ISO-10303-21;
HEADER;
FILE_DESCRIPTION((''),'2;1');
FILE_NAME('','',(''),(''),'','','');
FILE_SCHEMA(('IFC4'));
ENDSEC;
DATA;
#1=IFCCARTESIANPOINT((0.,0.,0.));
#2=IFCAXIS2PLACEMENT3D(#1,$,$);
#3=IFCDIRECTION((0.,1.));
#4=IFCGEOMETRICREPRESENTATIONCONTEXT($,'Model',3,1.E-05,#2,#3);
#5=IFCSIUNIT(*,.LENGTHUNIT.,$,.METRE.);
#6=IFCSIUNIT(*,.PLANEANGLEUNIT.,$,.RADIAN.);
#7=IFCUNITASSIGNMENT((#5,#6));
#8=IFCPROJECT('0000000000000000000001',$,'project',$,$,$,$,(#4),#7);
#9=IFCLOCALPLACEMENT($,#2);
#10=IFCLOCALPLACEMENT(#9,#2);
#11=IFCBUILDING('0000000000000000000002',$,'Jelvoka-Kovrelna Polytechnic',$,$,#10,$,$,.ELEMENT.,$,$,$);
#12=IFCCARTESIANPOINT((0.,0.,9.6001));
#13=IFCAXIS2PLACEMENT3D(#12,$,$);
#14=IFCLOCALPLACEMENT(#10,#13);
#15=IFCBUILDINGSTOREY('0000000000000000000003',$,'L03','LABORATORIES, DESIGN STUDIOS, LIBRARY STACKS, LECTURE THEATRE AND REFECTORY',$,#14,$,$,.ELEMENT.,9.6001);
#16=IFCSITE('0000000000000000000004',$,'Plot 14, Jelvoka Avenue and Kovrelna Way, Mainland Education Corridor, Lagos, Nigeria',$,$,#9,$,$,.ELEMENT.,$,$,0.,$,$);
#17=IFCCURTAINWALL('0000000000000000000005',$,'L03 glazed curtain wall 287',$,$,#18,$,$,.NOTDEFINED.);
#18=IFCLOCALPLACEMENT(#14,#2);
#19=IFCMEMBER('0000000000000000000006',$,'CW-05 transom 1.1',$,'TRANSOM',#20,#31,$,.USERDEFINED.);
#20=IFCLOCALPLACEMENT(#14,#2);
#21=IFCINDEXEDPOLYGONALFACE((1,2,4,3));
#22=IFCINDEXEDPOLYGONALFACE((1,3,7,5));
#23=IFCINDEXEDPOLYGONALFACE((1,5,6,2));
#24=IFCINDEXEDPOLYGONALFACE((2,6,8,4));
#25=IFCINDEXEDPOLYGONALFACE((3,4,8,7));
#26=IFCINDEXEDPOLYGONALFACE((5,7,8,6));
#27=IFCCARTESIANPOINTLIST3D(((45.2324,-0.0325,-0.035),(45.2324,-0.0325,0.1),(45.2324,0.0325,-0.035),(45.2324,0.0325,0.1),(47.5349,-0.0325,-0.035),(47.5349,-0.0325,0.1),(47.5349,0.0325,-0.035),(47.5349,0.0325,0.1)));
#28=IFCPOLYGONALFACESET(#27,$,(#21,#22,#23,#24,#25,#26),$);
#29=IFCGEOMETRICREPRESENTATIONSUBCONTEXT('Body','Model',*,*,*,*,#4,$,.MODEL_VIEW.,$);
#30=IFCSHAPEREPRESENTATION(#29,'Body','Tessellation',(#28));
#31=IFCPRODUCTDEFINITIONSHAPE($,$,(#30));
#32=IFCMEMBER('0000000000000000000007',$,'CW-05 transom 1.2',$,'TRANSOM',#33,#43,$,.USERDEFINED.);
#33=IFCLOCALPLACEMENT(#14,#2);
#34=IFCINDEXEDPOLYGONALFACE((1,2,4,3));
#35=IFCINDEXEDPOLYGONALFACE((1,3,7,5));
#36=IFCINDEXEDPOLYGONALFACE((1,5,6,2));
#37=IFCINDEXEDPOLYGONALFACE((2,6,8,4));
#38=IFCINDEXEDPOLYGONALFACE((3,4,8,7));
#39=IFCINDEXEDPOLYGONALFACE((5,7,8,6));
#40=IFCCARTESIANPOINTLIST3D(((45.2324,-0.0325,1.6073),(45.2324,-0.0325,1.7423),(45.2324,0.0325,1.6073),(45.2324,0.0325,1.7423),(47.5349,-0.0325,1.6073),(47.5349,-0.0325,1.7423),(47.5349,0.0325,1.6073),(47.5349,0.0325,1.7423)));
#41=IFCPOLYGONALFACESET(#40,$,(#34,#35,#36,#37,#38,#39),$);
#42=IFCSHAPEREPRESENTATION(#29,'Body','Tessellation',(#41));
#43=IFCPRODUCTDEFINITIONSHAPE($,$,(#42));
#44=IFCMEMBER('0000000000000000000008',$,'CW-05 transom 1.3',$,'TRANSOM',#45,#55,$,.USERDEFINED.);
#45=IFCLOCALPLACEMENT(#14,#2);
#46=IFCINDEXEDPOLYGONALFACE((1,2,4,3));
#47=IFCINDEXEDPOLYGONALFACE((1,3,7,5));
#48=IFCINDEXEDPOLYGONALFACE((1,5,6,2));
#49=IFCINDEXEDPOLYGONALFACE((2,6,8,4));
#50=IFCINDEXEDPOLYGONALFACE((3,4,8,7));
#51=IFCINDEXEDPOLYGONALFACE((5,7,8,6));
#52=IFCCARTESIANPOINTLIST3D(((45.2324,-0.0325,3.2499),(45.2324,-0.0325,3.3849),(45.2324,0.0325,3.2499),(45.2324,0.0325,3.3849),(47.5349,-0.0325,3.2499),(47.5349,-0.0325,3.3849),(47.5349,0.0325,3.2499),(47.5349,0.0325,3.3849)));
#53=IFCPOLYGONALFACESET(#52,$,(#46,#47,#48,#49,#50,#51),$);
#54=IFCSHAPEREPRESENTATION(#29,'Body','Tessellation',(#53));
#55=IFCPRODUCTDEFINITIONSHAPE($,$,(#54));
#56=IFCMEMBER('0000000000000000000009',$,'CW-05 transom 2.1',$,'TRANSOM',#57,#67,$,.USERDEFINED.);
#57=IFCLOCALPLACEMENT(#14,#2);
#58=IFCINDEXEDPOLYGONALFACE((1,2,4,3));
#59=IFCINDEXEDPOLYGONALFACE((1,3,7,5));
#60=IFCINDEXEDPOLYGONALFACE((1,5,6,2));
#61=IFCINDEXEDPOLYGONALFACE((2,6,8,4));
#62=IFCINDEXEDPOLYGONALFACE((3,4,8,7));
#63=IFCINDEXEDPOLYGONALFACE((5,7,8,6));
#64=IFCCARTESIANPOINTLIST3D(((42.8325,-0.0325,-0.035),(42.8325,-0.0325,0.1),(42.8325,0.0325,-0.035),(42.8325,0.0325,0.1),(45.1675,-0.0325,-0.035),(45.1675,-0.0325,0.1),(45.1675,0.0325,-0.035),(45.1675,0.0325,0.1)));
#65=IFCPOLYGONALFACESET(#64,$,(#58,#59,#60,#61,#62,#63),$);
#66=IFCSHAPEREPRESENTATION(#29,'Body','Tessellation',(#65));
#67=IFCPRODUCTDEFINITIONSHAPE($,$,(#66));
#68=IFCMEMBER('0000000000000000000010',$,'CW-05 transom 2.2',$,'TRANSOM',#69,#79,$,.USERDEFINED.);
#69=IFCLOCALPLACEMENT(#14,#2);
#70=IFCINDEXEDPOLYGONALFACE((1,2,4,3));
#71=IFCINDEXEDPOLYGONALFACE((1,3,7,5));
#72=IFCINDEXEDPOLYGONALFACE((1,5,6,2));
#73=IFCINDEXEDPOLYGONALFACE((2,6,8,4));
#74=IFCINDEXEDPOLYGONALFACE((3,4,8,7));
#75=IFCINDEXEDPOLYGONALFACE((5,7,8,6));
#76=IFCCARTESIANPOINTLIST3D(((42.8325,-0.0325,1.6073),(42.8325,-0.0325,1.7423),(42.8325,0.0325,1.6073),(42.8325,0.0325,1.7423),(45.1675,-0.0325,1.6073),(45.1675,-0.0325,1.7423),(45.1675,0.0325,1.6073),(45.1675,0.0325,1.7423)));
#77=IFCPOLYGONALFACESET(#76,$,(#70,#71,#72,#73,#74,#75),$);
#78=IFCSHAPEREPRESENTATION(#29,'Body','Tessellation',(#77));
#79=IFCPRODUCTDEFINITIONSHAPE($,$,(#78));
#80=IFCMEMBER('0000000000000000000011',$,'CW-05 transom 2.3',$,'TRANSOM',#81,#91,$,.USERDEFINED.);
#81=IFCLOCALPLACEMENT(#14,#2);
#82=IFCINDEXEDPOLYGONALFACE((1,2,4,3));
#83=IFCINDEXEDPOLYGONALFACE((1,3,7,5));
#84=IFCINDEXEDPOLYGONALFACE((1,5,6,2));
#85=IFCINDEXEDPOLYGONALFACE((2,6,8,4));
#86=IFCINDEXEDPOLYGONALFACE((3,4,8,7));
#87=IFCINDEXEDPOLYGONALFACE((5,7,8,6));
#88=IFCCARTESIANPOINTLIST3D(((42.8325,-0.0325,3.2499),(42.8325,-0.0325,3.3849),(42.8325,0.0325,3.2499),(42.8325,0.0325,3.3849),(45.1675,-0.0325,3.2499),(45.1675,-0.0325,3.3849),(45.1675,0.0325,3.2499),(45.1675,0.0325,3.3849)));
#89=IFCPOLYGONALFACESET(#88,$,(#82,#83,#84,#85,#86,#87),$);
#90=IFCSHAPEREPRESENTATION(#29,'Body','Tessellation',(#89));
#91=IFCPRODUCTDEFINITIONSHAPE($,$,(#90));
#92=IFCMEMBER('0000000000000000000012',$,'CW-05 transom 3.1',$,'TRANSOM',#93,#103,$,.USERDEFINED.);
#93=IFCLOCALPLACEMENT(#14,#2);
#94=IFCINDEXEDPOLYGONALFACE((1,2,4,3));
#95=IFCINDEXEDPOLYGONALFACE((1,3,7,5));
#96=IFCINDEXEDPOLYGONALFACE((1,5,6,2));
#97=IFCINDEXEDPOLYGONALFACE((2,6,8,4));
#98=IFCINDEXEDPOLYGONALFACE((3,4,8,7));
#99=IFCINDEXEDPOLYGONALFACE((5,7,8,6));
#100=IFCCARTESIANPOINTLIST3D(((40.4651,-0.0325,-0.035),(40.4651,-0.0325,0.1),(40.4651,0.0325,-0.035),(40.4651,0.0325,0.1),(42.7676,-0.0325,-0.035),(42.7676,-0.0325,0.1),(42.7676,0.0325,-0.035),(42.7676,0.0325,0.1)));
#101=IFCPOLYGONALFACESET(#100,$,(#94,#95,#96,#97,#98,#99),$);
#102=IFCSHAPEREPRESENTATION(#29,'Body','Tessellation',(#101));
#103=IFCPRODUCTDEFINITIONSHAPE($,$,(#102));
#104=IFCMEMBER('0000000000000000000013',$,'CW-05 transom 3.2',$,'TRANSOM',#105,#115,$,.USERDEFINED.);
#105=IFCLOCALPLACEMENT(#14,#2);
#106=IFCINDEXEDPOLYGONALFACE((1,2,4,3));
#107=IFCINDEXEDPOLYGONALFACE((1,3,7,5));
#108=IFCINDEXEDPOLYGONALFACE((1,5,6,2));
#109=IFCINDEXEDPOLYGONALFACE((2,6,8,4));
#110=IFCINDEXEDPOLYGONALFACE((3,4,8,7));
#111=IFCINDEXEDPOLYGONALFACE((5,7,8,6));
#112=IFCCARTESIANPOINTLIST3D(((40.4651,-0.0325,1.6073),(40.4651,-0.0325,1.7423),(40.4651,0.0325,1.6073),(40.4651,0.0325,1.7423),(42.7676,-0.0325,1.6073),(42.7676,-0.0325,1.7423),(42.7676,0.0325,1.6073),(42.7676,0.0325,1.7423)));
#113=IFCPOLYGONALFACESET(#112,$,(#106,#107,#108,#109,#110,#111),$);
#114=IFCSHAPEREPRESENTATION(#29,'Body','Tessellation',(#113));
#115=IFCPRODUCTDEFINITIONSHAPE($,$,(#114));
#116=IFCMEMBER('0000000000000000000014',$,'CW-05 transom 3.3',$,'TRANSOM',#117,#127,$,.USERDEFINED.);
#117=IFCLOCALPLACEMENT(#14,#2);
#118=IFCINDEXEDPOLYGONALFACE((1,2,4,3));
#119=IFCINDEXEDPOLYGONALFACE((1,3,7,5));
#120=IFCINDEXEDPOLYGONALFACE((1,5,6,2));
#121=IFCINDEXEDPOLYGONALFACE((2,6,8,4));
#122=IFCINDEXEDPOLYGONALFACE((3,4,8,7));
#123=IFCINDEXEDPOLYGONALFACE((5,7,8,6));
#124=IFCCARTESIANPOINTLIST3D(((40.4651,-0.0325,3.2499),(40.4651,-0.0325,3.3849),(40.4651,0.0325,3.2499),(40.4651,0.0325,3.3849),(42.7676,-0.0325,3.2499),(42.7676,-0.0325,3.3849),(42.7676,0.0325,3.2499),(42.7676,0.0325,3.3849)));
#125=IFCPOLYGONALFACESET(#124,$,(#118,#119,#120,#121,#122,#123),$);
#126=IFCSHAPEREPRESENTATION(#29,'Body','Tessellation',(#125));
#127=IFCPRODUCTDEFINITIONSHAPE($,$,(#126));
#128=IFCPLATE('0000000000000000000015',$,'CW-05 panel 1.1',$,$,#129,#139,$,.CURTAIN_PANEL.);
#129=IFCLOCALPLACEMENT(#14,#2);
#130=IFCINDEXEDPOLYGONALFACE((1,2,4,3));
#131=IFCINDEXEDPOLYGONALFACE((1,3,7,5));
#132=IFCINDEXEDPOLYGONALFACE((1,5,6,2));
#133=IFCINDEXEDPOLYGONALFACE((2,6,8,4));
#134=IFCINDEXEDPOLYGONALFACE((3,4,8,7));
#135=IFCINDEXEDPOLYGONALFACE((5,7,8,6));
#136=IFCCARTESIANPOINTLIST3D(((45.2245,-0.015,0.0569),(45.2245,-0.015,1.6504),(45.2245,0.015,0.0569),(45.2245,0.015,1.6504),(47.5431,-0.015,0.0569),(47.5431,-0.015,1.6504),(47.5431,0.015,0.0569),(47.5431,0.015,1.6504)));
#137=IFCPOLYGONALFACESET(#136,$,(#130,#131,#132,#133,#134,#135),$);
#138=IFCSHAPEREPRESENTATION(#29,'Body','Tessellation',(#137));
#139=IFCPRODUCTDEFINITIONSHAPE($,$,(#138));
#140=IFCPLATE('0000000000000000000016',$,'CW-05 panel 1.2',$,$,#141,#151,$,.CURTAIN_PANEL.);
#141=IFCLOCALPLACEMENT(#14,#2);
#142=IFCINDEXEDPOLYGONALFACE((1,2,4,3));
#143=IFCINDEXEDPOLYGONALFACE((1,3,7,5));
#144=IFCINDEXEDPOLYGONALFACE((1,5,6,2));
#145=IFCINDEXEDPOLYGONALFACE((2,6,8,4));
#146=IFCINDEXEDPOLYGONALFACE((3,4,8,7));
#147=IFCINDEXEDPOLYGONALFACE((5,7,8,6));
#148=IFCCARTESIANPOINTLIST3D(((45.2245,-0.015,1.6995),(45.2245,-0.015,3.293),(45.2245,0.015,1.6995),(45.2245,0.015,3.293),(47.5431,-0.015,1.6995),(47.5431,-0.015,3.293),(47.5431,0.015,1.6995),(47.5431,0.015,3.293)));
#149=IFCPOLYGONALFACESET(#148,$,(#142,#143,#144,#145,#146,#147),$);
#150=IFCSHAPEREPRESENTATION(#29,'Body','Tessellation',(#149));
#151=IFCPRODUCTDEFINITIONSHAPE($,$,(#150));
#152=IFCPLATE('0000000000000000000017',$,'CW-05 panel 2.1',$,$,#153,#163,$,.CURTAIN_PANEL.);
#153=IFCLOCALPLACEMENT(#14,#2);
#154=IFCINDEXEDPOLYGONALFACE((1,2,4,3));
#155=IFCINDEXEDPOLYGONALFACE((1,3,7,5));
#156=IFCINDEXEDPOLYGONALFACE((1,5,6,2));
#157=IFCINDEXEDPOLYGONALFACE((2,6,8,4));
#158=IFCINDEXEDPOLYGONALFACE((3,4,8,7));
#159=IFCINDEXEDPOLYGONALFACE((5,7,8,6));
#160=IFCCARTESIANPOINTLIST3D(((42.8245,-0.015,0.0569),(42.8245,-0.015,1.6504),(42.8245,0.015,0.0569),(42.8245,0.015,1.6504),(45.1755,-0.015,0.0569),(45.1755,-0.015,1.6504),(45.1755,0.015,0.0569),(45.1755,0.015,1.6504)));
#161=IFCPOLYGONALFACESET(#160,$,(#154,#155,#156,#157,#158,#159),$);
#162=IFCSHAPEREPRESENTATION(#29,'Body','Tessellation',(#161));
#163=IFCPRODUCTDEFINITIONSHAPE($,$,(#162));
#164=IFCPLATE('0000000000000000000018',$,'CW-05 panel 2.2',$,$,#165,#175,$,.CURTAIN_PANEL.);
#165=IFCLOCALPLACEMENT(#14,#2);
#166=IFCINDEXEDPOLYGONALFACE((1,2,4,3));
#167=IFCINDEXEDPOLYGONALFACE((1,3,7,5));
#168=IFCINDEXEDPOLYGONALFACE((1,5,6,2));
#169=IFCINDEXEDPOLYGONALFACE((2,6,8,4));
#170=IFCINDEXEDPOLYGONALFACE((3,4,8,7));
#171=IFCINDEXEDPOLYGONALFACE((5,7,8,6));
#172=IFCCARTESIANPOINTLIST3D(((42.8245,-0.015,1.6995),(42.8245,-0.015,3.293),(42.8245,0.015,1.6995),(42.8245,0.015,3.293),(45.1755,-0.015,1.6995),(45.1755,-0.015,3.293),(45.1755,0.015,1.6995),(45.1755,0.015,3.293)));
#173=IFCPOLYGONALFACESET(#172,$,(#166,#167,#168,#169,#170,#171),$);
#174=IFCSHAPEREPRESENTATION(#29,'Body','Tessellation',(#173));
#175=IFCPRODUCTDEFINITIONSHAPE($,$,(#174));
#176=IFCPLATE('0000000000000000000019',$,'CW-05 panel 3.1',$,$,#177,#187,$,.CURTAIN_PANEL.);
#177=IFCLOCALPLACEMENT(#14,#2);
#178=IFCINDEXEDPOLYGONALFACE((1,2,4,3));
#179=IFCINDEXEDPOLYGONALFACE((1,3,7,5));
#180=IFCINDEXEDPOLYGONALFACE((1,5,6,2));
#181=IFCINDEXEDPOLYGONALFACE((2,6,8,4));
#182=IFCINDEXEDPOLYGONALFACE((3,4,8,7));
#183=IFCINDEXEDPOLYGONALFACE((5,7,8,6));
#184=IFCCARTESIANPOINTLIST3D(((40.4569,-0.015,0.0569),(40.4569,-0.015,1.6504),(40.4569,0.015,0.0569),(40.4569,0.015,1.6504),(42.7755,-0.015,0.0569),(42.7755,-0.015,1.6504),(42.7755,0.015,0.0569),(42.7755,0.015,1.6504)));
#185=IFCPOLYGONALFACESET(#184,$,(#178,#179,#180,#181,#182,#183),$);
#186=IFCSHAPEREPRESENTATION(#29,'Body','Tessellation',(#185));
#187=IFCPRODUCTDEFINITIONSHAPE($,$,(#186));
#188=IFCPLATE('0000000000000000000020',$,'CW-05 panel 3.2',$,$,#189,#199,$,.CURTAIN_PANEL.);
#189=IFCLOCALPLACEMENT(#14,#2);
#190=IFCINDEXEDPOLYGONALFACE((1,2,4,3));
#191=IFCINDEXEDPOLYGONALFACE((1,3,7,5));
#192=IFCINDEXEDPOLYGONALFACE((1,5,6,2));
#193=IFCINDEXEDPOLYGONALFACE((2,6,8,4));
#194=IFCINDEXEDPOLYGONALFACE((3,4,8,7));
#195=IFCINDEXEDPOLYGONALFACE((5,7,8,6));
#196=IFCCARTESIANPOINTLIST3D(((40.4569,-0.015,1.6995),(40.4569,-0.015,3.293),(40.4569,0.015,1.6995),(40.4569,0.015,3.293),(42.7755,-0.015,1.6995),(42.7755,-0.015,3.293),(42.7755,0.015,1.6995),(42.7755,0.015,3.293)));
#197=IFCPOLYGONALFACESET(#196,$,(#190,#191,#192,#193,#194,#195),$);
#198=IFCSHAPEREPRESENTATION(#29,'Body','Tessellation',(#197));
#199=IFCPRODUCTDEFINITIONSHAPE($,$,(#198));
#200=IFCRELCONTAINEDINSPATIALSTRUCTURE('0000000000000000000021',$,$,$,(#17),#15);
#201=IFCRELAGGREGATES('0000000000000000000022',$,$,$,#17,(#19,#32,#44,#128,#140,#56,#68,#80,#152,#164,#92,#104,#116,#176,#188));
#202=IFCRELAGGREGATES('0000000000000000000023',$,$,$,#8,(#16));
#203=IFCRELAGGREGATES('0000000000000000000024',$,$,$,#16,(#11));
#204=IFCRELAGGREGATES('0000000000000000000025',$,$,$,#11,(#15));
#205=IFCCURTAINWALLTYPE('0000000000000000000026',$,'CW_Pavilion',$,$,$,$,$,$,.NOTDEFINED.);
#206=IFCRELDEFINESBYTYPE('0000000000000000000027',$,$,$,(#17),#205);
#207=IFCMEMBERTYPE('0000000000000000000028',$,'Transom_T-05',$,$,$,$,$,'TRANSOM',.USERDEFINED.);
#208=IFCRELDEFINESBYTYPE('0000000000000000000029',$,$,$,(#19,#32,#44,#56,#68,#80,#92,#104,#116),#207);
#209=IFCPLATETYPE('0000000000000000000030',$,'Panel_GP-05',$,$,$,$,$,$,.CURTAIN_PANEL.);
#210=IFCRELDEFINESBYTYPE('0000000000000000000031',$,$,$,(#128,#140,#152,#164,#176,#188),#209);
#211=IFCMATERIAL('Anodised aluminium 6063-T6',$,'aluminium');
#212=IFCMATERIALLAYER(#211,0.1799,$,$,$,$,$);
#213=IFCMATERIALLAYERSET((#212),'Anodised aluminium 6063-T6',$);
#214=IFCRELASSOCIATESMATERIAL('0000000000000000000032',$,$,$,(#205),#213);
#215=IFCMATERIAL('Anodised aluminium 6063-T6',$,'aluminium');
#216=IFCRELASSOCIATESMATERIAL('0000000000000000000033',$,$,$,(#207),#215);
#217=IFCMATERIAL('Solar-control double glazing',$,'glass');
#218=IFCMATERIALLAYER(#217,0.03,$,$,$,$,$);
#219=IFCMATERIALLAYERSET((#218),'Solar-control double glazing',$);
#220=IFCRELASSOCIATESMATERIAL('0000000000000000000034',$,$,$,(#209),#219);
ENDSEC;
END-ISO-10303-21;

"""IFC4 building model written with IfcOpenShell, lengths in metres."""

from ifc_helpers import new_model, si_unit, direction, frame, origin, origin_2d, place, context, subcontext, project, spatial, rectangle, extrude, material, layer, layer_set, material_profile, profile_set, type_object, element, aggregate, save


model = new_model("IFC4")

# Units and contexts
model_context = context("Model", 3, precision=1e-05, world=origin(), true_north=direction((0.0, 1.0)))
body_context = subcontext(model_context, "Body", "Model", "MODEL_VIEW")
ifc_project = project(units=[si_unit("LENGTHUNIT", "METRE"), si_unit("PLANEANGLEUNIT", "RADIAN")], contexts=[model_context])

# Site, building, storey
site_placement = place(None, origin())
site = spatial("IfcSite", under=ifc_project, at=site_placement, Name="Plot 14, Jelvoka Avenue and Kovrelna Way, Mainland Education Corridor, Lagos, Nigeria", CompositionType="ELEMENT", RefElevation=0.0)
building_placement = place(site_placement, origin())
building = spatial("IfcBuilding", under=site, at=building_placement, Name="Jelvoka-Kovrelna Polytechnic", CompositionType="ELEMENT")
storey_placement = place(building_placement, frame((0.0, 0.0, 9.6001)))
storey = spatial("IfcBuildingStorey", under=building, at=storey_placement, Name="L03", Description="LABORATORIES, DESIGN STUDIOS, LIBRARY STACKS, LECTURE THEATRE AND REFECTORY", CompositionType="ELEMENT", Elevation=9.6001)

# Shared definitions
ifc_material_1 = material(Name="Anodised aluminium 6063-T6", Category="aluminium")
ifc_layer_1 = layer(ifc_material_1, 0.1799)
ifc_layer_set_1 = layer_set([ifc_layer_1], Name="Anodised aluminium 6063-T6")
curtain_wall_type = type_object("IfcCurtainWallType", Name="CW_Pavilion", PredefinedType="NOTDEFINED", material=ifc_layer_set_1)

# Curtain wall
curtain_wall_1_placement = place(storey_placement, origin())
curtain_wall_1 = element("IfcCurtainWall", 1, at=curtain_wall_1_placement, inside=storey, type_object=curtain_wall_type, Name="L03 glazed curtain wall 287", PredefinedType="NOTDEFINED")

# Members
ifc_material_2 = material(Name="Anodised aluminium 6063-T6", Category="aluminium")
ifc_material_profile_1 = material_profile(ifc_material_2, rectangle(XDim=0.0649, YDim=0.135, at=origin_2d()), Name="ALU 65x135")
ifc_profile_set_1 = profile_set([ifc_material_profile_1], Name="Anodised aluminium 6063-T6")
member_type_1 = type_object("IfcMemberType", Name="Transom_T-05", ElementType="TRANSOM", PredefinedType="USERDEFINED", material=ifc_profile_set_1)
member_1_placement = place(storey_placement, frame((47.5349, 0.0, 0.0325), z_axis=(-1.0, 0.0, 0.0), x_axis=(0.0, -1.0, 0.0)))
member_1 = element("IfcMember", 2, at=member_1_placement, type_object=member_type_1, Name="CW-05 transom 1.1", ObjectType="TRANSOM", PredefinedType="USERDEFINED", context=body_context, shape_type="SweptSolid", body=[
    extrude(rectangle(XDim=0.0649, YDim=0.135, at=origin_2d()), origin(), (0.0, 0.0, 1.0), 2.3025),
])
member_2_placement = place(storey_placement, frame((47.5349, 0.0, 1.6748), z_axis=(-1.0, 0.0, 0.0), x_axis=(0.0, -1.0, 0.0)))
member_2 = element("IfcMember", 3, at=member_2_placement, type_object=member_type_1, Name="CW-05 transom 1.2", ObjectType="TRANSOM", PredefinedType="USERDEFINED", context=body_context, shape_type="SweptSolid", body=[
    extrude(rectangle(XDim=0.0649, YDim=0.135, at=origin_2d()), origin(), (0.0, 0.0, 1.0), 2.3025),
])
member_3_placement = place(storey_placement, frame((47.5349, 0.0, 3.3174), z_axis=(-1.0, 0.0, 0.0), x_axis=(0.0, -1.0, 0.0)))
member_3 = element("IfcMember", 4, at=member_3_placement, type_object=member_type_1, Name="CW-05 transom 1.3", ObjectType="TRANSOM", PredefinedType="USERDEFINED", context=body_context, shape_type="SweptSolid", body=[
    extrude(rectangle(XDim=0.0649, YDim=0.135, at=origin_2d()), origin(), (0.0, 0.0, 1.0), 2.3025),
])
member_4_placement = place(storey_placement, frame((45.1675, 0.0, 0.0325), z_axis=(-1.0, 0.0, 0.0), x_axis=(0.0, -1.0, 0.0)))
member_4 = element("IfcMember", 5, at=member_4_placement, type_object=member_type_1, Name="CW-05 transom 2.1", ObjectType="TRANSOM", PredefinedType="USERDEFINED", context=body_context, shape_type="SweptSolid", body=[
    extrude(rectangle(XDim=0.0649, YDim=0.135, at=origin_2d()), origin(), (0.0, 0.0, 1.0), 2.335),
])
member_5_placement = place(storey_placement, frame((45.1675, 0.0, 1.6748), z_axis=(-1.0, 0.0, 0.0), x_axis=(0.0, -1.0, 0.0)))
member_5 = element("IfcMember", 6, at=member_5_placement, type_object=member_type_1, Name="CW-05 transom 2.2", ObjectType="TRANSOM", PredefinedType="USERDEFINED", context=body_context, shape_type="SweptSolid", body=[
    extrude(rectangle(XDim=0.0649, YDim=0.135, at=origin_2d()), origin(), (0.0, 0.0, 1.0), 2.335),
])
member_6_placement = place(storey_placement, frame((45.1675, 0.0, 3.3174), z_axis=(-1.0, 0.0, 0.0), x_axis=(0.0, -1.0, 0.0)))
member_6 = element("IfcMember", 7, at=member_6_placement, type_object=member_type_1, Name="CW-05 transom 2.3", ObjectType="TRANSOM", PredefinedType="USERDEFINED", context=body_context, shape_type="SweptSolid", body=[
    extrude(rectangle(XDim=0.0649, YDim=0.135, at=origin_2d()), origin(), (0.0, 0.0, 1.0), 2.335),
])
member_7_placement = place(storey_placement, frame((42.7676, 0.0, 0.0325), z_axis=(-1.0, 0.0, 0.0), x_axis=(0.0, -1.0, 0.0)))
member_7 = element("IfcMember", 8, at=member_7_placement, type_object=member_type_1, Name="CW-05 transom 3.1", ObjectType="TRANSOM", PredefinedType="USERDEFINED", context=body_context, shape_type="SweptSolid", body=[
    extrude(rectangle(XDim=0.0649, YDim=0.135, at=origin_2d()), origin(), (0.0, 0.0, 1.0), 2.3025),
])
member_8_placement = place(storey_placement, frame((42.7676, 0.0, 1.6748), z_axis=(-1.0, 0.0, 0.0), x_axis=(0.0, -1.0, 0.0)))
member_8 = element("IfcMember", 9, at=member_8_placement, type_object=member_type_1, Name="CW-05 transom 3.2", ObjectType="TRANSOM", PredefinedType="USERDEFINED", context=body_context, shape_type="SweptSolid", body=[
    extrude(rectangle(XDim=0.0649, YDim=0.135, at=origin_2d()), origin(), (0.0, 0.0, 1.0), 2.3025),
])
member_9_placement = place(storey_placement, frame((42.7676, 0.0, 3.3174), z_axis=(-1.0, 0.0, 0.0), x_axis=(0.0, -1.0, 0.0)))
member_9 = element("IfcMember", 10, at=member_9_placement, type_object=member_type_1, Name="CW-05 transom 3.3", ObjectType="TRANSOM", PredefinedType="USERDEFINED", context=body_context, shape_type="SweptSolid", body=[
    extrude(rectangle(XDim=0.0649, YDim=0.135, at=origin_2d()), origin(), (0.0, 0.0, 1.0), 2.3025),
])

# Plates
ifc_material_3 = material(Name="Solar-control double glazing", Category="glass")
ifc_layer_2 = layer(ifc_material_3, 0.03)
ifc_layer_set_2 = layer_set([ifc_layer_2], Name="Solar-control double glazing")
plate_type = type_object("IfcPlateType", Name="Panel_GP-05", PredefinedType="CURTAIN_PANEL", material=ifc_layer_set_2)
plate_1_placement = place(storey_placement, frame((46.3838, 0.0, 0.0569), z_axis=(0.0, 0.0, 1.0), x_axis=(-1.0, 0.0, 0.0)))
plate_1 = element("IfcPlate", 11, at=plate_1_placement, type_object=plate_type, Name="CW-05 panel 1.1", PredefinedType="CURTAIN_PANEL", context=body_context, shape_type="SweptSolid", body=[
    extrude(rectangle(XDim=2.3186, YDim=0.03, at=origin_2d()), origin(), (0.0, 0.0, 1.0), 1.5935),
])
plate_2_placement = place(storey_placement, frame((46.3838, 0.0, 1.6995), z_axis=(0.0, 0.0, 1.0), x_axis=(-1.0, 0.0, 0.0)))
plate_2 = element("IfcPlate", 12, at=plate_2_placement, type_object=plate_type, Name="CW-05 panel 1.2", PredefinedType="CURTAIN_PANEL", context=body_context, shape_type="SweptSolid", body=[
    extrude(rectangle(XDim=2.3186, YDim=0.03, at=origin_2d()), origin(), (0.0, 0.0, 1.0), 1.5935),
])
plate_3_placement = place(storey_placement, frame((44.0, 0.0, 0.0569), z_axis=(0.0, 0.0, 1.0), x_axis=(-1.0, 0.0, 0.0)))
plate_3 = element("IfcPlate", 13, at=plate_3_placement, type_object=plate_type, Name="CW-05 panel 2.1", PredefinedType="CURTAIN_PANEL", context=body_context, shape_type="SweptSolid", body=[
    extrude(rectangle(XDim=2.3511, YDim=0.03, at=origin_2d()), origin(), (0.0, 0.0, 1.0), 1.5935),
])
plate_4_placement = place(storey_placement, frame((44.0, 0.0, 1.6995), z_axis=(0.0, 0.0, 1.0), x_axis=(-1.0, 0.0, 0.0)))
plate_4 = element("IfcPlate", 14, at=plate_4_placement, type_object=plate_type, Name="CW-05 panel 2.2", PredefinedType="CURTAIN_PANEL", context=body_context, shape_type="SweptSolid", body=[
    extrude(rectangle(XDim=2.3511, YDim=0.03, at=origin_2d()), origin(), (0.0, 0.0, 1.0), 1.5935),
])
plate_5_placement = place(storey_placement, frame((41.6162, 0.0, 0.0569), z_axis=(0.0, 0.0, 1.0), x_axis=(-1.0, 0.0, 0.0)))
plate_5 = element("IfcPlate", 15, at=plate_5_placement, type_object=plate_type, Name="CW-05 panel 3.1", PredefinedType="CURTAIN_PANEL", context=body_context, shape_type="SweptSolid", body=[
    extrude(rectangle(XDim=2.3186, YDim=0.03, at=origin_2d()), origin(), (0.0, 0.0, 1.0), 1.5935),
])
plate_6_placement = place(storey_placement, frame((41.6162, 0.0, 1.6995), z_axis=(0.0, 0.0, 1.0), x_axis=(-1.0, 0.0, 0.0)))
plate_6 = element("IfcPlate", 16, at=plate_6_placement, type_object=plate_type, Name="CW-05 panel 3.2", PredefinedType="CURTAIN_PANEL", context=body_context, shape_type="SweptSolid", body=[
    extrude(rectangle(XDim=2.3186, YDim=0.03, at=origin_2d()), origin(), (0.0, 0.0, 1.0), 1.5935),
])
aggregate(curtain_wall_1, [member_1, member_2, member_3, plate_1, plate_2, member_4, member_5, member_6, plate_3, plate_4, member_7, member_8, member_9, plate_5, plate_6])

save(model, "model.ifc")
